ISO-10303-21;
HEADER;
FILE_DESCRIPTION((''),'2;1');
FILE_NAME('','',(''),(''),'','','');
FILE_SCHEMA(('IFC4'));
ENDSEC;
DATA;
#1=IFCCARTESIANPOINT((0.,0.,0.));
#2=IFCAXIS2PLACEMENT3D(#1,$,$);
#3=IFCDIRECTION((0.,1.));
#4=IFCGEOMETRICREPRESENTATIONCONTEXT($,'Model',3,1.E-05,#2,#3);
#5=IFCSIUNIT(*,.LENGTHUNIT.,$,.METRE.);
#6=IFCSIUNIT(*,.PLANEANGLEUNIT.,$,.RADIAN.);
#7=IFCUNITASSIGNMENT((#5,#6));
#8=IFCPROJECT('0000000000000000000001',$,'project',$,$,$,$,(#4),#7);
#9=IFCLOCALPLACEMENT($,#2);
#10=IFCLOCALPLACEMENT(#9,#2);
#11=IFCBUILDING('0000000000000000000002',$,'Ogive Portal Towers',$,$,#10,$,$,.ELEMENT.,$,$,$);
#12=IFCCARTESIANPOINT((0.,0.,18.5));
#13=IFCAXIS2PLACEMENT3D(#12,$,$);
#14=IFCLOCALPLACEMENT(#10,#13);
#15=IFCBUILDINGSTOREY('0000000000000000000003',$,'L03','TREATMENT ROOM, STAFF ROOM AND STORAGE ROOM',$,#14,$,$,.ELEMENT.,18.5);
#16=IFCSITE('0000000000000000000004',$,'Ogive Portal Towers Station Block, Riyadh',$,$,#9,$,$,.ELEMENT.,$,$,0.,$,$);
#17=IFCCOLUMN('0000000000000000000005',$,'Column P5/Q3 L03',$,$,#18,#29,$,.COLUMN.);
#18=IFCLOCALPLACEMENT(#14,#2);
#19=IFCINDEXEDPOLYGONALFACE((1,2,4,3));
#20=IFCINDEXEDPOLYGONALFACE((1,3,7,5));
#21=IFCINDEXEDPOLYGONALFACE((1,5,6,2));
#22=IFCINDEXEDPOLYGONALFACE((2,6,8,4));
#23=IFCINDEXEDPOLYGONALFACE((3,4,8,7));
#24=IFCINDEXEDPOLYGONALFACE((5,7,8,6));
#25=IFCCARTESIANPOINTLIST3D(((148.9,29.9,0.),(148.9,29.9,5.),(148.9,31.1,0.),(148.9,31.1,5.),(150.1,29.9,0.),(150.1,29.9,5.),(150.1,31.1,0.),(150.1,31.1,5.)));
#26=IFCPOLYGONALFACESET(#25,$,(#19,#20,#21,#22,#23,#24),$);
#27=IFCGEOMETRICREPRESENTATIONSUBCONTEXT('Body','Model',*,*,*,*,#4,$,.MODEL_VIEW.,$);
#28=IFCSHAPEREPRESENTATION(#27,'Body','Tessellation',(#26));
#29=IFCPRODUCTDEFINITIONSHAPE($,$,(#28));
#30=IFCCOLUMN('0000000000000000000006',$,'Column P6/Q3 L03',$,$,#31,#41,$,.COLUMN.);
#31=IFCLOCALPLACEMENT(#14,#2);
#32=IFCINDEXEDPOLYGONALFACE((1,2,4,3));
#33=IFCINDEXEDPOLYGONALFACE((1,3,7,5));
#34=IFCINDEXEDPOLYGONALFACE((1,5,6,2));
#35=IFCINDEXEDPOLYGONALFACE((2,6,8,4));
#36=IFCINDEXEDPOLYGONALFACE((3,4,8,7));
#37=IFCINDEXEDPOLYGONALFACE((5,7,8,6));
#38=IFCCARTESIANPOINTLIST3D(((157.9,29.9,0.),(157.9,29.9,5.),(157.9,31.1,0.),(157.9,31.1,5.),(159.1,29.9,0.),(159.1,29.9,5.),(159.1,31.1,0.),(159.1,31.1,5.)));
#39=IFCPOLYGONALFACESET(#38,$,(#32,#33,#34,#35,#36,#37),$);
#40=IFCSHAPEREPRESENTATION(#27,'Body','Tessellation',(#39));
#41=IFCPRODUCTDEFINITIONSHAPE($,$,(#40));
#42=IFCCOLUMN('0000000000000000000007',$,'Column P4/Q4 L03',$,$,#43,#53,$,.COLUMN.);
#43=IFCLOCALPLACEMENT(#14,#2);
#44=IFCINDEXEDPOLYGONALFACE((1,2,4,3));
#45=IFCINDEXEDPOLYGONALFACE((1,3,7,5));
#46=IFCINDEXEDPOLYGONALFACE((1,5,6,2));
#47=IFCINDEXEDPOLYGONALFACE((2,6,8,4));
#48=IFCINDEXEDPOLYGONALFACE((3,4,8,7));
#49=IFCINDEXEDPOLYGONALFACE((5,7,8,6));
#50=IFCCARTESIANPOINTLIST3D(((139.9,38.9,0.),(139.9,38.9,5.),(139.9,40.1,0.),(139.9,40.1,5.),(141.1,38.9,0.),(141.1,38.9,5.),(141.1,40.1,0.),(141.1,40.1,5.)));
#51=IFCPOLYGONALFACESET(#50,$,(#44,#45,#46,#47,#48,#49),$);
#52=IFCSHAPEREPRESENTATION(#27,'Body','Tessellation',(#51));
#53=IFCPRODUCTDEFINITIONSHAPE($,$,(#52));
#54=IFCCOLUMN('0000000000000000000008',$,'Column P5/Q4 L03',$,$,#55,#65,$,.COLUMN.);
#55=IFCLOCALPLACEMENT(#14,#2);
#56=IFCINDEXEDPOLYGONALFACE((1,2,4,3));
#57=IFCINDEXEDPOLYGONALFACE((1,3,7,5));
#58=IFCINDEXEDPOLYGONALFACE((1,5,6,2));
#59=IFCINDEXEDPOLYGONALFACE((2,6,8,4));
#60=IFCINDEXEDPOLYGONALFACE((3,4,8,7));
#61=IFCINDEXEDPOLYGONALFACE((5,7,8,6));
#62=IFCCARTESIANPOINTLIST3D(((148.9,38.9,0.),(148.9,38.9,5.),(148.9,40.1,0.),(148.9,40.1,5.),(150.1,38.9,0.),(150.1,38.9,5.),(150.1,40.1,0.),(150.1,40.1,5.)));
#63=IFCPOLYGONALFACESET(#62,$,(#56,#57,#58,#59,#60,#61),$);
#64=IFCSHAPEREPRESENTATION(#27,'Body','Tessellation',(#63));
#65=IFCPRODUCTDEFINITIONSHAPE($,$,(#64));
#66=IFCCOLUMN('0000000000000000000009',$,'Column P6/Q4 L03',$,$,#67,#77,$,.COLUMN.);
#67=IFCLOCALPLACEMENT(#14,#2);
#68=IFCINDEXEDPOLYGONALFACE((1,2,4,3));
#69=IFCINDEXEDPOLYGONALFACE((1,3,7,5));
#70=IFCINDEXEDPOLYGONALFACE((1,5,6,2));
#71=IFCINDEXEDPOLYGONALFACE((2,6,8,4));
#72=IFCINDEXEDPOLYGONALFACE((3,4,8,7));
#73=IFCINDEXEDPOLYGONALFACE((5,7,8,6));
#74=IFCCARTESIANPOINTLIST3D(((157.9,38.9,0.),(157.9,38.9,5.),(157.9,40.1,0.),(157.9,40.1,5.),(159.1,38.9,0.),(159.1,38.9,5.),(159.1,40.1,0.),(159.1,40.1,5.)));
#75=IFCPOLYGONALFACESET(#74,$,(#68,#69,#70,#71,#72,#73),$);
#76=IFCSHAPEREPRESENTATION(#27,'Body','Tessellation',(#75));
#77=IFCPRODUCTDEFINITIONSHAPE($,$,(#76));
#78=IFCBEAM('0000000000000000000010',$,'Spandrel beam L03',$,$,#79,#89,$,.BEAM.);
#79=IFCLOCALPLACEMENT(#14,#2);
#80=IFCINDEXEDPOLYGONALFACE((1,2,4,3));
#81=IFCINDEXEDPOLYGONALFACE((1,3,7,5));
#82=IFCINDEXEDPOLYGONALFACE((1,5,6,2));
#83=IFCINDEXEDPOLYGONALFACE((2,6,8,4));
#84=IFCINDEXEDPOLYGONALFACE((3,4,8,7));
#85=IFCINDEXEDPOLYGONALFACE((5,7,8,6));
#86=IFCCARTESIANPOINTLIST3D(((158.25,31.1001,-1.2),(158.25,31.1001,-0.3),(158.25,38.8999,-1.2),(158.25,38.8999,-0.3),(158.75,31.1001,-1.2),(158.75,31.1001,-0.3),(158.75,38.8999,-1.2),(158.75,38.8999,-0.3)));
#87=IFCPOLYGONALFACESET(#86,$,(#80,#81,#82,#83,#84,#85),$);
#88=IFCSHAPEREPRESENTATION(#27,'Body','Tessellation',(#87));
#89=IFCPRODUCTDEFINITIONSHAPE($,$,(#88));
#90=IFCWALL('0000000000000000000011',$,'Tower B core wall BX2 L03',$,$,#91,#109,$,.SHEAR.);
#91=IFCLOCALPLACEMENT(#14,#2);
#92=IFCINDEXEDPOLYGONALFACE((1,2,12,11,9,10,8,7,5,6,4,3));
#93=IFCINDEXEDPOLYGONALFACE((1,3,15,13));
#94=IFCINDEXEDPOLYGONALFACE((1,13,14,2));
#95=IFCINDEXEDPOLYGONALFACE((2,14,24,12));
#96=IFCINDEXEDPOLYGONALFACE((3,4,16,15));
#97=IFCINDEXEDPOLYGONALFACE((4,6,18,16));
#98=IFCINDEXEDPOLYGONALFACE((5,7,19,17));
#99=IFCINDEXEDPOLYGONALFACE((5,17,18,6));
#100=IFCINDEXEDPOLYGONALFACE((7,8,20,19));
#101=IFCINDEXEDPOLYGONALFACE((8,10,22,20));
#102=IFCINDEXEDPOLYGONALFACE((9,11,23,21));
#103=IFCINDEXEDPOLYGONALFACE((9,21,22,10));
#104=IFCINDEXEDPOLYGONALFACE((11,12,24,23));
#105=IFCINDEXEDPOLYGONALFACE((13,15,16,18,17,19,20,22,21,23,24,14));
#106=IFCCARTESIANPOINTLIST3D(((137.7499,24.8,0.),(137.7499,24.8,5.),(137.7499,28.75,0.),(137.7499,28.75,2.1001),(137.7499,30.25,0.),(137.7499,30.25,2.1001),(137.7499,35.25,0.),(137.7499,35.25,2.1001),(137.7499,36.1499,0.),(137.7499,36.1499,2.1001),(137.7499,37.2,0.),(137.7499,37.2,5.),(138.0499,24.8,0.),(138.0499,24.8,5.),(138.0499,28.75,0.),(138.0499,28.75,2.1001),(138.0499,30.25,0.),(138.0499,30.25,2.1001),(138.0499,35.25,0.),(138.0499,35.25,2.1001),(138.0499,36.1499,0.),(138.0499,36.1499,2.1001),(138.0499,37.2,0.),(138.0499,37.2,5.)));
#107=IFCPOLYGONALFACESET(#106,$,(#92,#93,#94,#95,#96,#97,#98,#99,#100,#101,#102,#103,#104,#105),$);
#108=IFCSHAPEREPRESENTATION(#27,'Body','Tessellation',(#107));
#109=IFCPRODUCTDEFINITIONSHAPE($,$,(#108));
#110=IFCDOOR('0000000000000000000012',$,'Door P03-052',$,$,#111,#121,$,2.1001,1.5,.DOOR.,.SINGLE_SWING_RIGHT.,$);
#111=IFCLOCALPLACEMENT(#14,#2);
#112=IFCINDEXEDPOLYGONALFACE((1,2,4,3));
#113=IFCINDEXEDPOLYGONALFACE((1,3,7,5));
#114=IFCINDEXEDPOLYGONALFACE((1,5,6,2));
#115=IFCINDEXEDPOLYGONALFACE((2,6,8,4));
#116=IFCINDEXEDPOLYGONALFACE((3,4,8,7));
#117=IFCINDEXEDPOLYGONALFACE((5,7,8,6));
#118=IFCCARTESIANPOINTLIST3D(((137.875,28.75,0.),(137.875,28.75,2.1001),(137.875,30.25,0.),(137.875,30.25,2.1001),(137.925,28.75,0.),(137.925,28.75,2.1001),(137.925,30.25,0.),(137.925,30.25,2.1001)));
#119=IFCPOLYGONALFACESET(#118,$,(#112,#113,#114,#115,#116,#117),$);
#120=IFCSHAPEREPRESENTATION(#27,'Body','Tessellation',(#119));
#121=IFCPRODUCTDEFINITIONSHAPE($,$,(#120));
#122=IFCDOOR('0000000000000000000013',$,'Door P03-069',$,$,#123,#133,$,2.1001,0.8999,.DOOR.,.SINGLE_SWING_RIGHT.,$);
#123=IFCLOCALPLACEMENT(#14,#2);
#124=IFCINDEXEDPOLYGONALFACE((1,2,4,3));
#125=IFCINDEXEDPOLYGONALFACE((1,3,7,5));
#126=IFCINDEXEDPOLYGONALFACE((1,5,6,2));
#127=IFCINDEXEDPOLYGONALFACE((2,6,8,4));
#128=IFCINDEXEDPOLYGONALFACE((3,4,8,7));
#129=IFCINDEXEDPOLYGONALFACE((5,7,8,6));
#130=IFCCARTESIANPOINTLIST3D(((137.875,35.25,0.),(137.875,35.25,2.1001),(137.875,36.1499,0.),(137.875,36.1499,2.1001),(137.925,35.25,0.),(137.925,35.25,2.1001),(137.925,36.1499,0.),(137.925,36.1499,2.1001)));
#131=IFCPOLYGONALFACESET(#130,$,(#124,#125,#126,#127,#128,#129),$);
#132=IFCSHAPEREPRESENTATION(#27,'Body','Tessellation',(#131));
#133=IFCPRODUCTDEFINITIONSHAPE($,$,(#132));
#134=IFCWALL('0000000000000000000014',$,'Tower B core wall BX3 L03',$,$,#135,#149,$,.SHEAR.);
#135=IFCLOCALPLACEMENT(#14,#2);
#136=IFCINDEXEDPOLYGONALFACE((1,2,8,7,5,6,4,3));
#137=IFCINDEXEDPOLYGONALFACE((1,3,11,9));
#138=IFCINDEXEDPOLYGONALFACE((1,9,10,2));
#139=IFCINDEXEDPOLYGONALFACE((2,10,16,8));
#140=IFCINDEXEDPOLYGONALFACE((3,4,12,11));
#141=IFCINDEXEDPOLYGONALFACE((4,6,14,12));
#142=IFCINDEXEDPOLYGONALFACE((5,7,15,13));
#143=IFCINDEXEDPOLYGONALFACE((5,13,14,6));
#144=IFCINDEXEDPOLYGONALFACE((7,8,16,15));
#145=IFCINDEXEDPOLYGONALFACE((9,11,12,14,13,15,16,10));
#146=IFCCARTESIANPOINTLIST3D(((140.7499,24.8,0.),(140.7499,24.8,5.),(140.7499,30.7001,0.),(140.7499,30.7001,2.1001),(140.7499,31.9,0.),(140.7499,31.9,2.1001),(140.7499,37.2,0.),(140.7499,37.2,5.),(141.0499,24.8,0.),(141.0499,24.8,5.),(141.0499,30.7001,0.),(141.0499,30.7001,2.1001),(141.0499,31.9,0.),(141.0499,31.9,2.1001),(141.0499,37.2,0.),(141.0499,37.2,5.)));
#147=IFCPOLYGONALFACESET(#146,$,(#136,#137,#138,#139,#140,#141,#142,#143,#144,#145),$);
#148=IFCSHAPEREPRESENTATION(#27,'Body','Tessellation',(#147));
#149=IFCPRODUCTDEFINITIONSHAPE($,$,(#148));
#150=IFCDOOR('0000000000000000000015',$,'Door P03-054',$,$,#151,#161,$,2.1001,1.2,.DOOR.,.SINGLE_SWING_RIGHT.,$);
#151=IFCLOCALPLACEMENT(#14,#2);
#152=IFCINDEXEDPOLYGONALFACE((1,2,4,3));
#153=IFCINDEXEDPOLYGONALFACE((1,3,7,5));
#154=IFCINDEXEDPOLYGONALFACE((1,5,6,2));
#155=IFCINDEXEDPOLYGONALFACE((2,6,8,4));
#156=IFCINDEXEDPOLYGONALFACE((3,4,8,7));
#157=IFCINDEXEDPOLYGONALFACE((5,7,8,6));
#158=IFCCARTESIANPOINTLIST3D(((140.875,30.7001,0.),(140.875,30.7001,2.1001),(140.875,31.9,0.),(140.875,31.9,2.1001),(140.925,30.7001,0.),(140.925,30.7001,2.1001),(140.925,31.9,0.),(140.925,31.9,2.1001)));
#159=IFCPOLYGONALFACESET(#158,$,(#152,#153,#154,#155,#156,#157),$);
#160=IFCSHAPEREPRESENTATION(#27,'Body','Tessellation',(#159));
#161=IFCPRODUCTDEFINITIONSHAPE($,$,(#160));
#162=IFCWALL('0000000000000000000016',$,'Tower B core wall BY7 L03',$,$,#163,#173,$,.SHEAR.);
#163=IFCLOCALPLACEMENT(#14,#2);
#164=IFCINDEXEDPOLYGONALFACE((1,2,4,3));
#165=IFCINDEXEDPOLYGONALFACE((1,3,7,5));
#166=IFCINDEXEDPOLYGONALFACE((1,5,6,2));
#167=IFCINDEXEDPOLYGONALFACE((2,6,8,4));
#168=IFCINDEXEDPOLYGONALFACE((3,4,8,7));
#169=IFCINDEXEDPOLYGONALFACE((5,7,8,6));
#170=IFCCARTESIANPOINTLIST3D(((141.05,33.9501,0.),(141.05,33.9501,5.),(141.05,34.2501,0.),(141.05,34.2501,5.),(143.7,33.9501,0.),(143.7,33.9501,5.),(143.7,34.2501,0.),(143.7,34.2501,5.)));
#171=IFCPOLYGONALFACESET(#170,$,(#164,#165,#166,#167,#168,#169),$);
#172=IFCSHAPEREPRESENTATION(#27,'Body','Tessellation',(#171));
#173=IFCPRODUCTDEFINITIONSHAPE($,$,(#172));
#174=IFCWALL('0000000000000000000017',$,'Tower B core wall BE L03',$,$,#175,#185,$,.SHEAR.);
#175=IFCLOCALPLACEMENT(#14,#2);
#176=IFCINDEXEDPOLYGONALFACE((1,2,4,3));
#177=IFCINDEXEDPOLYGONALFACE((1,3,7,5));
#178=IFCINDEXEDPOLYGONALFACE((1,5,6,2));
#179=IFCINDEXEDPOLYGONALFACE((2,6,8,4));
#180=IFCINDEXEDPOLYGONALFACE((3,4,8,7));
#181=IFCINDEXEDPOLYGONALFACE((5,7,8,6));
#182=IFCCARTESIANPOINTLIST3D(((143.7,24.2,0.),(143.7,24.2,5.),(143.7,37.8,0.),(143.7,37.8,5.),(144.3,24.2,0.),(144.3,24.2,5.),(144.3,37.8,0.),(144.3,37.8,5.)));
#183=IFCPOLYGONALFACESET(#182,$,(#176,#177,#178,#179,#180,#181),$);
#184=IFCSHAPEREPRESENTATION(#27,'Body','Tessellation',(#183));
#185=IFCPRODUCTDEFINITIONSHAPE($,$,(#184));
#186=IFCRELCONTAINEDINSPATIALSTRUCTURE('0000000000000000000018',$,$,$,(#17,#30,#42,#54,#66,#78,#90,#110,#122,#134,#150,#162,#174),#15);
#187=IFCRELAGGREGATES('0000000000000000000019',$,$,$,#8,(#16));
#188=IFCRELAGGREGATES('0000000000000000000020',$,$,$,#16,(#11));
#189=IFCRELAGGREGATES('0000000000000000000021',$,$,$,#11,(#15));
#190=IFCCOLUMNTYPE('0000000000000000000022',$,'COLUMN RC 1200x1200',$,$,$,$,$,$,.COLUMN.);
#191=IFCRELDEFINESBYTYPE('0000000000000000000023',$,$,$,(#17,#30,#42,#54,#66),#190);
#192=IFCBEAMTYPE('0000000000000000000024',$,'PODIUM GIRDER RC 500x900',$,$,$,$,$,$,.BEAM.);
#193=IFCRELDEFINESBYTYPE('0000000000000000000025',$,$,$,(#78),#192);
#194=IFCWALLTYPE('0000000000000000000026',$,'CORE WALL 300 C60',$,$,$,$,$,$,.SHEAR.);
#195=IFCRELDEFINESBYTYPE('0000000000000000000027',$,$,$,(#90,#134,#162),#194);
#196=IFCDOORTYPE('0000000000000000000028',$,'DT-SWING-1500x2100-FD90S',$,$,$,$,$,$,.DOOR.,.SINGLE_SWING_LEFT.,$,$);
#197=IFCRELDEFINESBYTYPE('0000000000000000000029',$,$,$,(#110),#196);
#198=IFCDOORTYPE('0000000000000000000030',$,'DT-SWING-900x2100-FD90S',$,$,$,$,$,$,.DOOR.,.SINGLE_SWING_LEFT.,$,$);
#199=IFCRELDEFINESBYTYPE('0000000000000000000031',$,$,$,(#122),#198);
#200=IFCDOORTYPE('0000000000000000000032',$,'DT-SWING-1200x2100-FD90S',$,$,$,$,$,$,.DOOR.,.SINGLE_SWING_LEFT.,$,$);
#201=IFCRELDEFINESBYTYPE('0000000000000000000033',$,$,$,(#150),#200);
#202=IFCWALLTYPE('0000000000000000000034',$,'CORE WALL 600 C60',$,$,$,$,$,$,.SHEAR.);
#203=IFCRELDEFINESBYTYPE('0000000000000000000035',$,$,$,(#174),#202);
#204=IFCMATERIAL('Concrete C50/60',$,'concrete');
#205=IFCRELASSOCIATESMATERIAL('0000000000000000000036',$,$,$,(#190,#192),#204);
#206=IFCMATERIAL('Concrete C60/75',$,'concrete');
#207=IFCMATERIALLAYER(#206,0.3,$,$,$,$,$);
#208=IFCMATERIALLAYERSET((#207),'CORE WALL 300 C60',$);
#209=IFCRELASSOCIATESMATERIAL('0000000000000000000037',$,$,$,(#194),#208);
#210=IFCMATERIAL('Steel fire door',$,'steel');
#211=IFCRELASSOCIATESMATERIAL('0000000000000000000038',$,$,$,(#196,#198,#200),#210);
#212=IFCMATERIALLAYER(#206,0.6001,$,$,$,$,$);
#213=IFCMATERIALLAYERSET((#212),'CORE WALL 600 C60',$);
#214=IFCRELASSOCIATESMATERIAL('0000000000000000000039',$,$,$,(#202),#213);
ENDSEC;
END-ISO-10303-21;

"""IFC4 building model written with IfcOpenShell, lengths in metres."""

from ifc_helpers import new_model, si_unit, direction, frame, frame_2d, origin, origin_2d, place, context, subcontext, project, spatial, rectangle, extrude, material, layer, layer_set, material_profile, profile_set, type_object, element, fill, save


model = new_model("IFC4")

# Units and contexts
model_context = context("Model", 3, precision=1e-05, world=origin(), true_north=direction((0.0, 1.0)))
body_context = subcontext(model_context, "Body", "Model", "MODEL_VIEW")
ifc_project = project(units=[si_unit("LENGTHUNIT", "METRE"), si_unit("PLANEANGLEUNIT", "RADIAN")], contexts=[model_context])

# Site, building, storey
site_placement = place(None, origin())
site = spatial("IfcSite", under=ifc_project, at=site_placement, Name="Ogive Portal Towers Station Block, Riyadh", CompositionType="ELEMENT", RefElevation=0.0)
building_placement = place(site_placement, origin())
building = spatial("IfcBuilding", under=site, at=building_placement, Name="Ogive Portal Towers", CompositionType="ELEMENT")
storey_placement = place(building_placement, frame((0.0, 0.0, 18.5)))
storey = spatial("IfcBuildingStorey", under=building, at=storey_placement, Name="L03", Description="TREATMENT ROOM, STAFF ROOM AND STORAGE ROOM", CompositionType="ELEMENT", Elevation=18.5)

# Columns
ifc_material_1 = material(Name="Concrete C50/60", Category="concrete")
ifc_material_profile_1 = material_profile(ifc_material_1, rectangle(XDim=1.2, YDim=1.2, at=origin_2d()), Name="RC 1200x1200")
ifc_profile_set_1 = profile_set([ifc_material_profile_1], Name="Concrete C50/60")
column_type = type_object("IfcColumnType", Name="COLUMN RC 1200x1200", PredefinedType="COLUMN", material=ifc_profile_set_1)
for number, where, z_axis, x_axis, name in (
    (1, (149.5, 30.5, 0.0), (0.0, 0.0, 1.0), (1.0, 0.0, 0.0), "Column P5/Q3 L03"),
    (2, (158.5, 30.5, 0.0), (0.0, 0.0, 1.0), (1.0, 0.0, 0.0), "Column P6/Q3 L03"),
    (3, (140.5, 39.5, 0.0), (0.0, 0.0, 1.0), (1.0, 0.0, 0.0), "Column P4/Q4 L03"),
    (4, (149.5, 39.5, 0.0), (0.0, 0.0, 1.0), (1.0, 0.0, 0.0), "Column P5/Q4 L03"),
    (5, (158.5, 39.5, 0.0), (0.0, 0.0, 1.0), (1.0, 0.0, 0.0), "Column P6/Q4 L03"),
):
    element("IfcColumn", number, at=place(storey_placement, frame(where, z_axis=z_axis, x_axis=x_axis)), inside=storey, type_object=column_type, Name=name, PredefinedType="COLUMN", context=body_context, shape_type="SweptSolid", body=[
        extrude(rectangle(XDim=1.2, YDim=1.2, at=origin_2d()), origin(), (0.0, 0.0, 1.0), 5.0),
    ])

# Beam
ifc_material_profile_2 = material_profile(ifc_material_1, rectangle(XDim=0.5, YDim=0.8999, at=origin_2d()), Name="RC 500x900")
ifc_profile_set_2 = profile_set([ifc_material_profile_2], Name="Concrete C50/60")
beam_type = type_object("IfcBeamType", Name="PODIUM GIRDER RC 500x900", PredefinedType="BEAM", material=ifc_profile_set_2)
beam_placement = place(storey_placement, frame((158.5, 31.1001, -0.75), z_axis=(0.0, 1.0, 0.0), x_axis=(-1.0, 0.0, 0.0)))
element("IfcBeam", 6, at=beam_placement, inside=storey, type_object=beam_type, Name="Spandrel beam L03", PredefinedType="BEAM", context=body_context, shape_type="SweptSolid", body=[
    extrude(rectangle(XDim=0.5, YDim=0.8999, at=origin_2d()), origin(), (0.0, 0.0, 1.0), 7.7998),
])

# Wall, openings, doors
ifc_material_2 = material(Name="Concrete C60/75", Category="concrete")
ifc_layer_1 = layer(ifc_material_2, 0.3)
ifc_layer_set_1 = layer_set([ifc_layer_1], Name="CORE WALL 300 C60")
wall_type_1 = type_object("IfcWallType", Name="CORE WALL 300 C60", PredefinedType="SHEAR", material=ifc_layer_set_1)
wall_1_placement = place(storey_placement, frame((137.8999, 24.8, 0.0), z_axis=(0.0, 0.0, 1.0), x_axis=(0.0, 1.0, 0.0)))
wall_1 = element("IfcWall", 7, at=wall_1_placement, inside=storey, type_object=wall_type_1, Name="Tower B core wall BX2 L03", PredefinedType="SHEAR", context=body_context, shape_type="SweptSolid", body=[
    extrude(rectangle(XDim=12.3999, YDim=0.3, at=frame_2d((6.2, 0.0))), origin(), (0.0, 0.0, 1.0), 5.0),
])
opening_1_placement = place(wall_1_placement, frame((3.95, 0.0, 0.0)))
opening_1 = element("IfcOpeningElement", 8, at=opening_1_placement, cuts=wall_1, PredefinedType="OPENING", context=body_context, shape_type="SweptSolid", body=[
    extrude(rectangle(XDim=1.5, YDim=2.1001, at=frame_2d((0.75, 1.05))), frame((0.0, 0.1602, 0.0), z_axis=(0.0, -1.0, 0.0), x_axis=(1.0, 0.0, 0.0)), (0.0, 0.0, 1.0), 0.3201),
])
opening_2_placement = place(wall_1_placement, frame((10.45, 0.0, 0.0)))
opening_2 = element("IfcOpeningElement", 9, at=opening_2_placement, cuts=wall_1, PredefinedType="OPENING", context=body_context, shape_type="SweptSolid", body=[
    extrude(rectangle(XDim=0.8999, YDim=2.1001, at=frame_2d((0.45, 1.05))), frame((0.0, 0.1602, 0.0), z_axis=(0.0, -1.0, 0.0), x_axis=(1.0, 0.0, 0.0)), (0.0, 0.0, 1.0), 0.3201),
])
ifc_material_3 = material(Name="Steel fire door", Category="steel")
door_type_1 = type_object("IfcDoorType", Name="DT-SWING-1500x2100-FD90S", OperationType="SINGLE_SWING_LEFT", PredefinedType="DOOR", material=ifc_material_3)
door_1_placement = place(opening_1_placement, origin())
door_1 = element("IfcDoor", 10, at=door_1_placement, inside=storey, type_object=door_type_1, Name="Door P03-052", OperationType="SINGLE_SWING_RIGHT", OverallHeight=2.1001, OverallWidth=1.5, PredefinedType="DOOR", context=body_context, shape_type="SweptSolid", body=[
    extrude(rectangle(XDim=1.5, YDim=2.1001, at=frame_2d((0.75, 1.05))), frame((0.0, 0.0249, 0.0), z_axis=(0.0, -1.0, 0.0), x_axis=(1.0, 0.0, 0.0)), (0.0, 0.0, 1.0), 0.05),
])
fill(opening_1, door_1)
door_type_2 = type_object("IfcDoorType", Name="DT-SWING-900x2100-FD90S", OperationType="SINGLE_SWING_LEFT", PredefinedType="DOOR", material=ifc_material_3)
door_2_placement = place(opening_2_placement, origin())
door_2 = element("IfcDoor", 11, at=door_2_placement, inside=storey, type_object=door_type_2, Name="Door P03-069", OperationType="SINGLE_SWING_RIGHT", OverallHeight=2.1001, OverallWidth=0.8999, PredefinedType="DOOR", context=body_context, shape_type="SweptSolid", body=[
    extrude(rectangle(XDim=0.8999, YDim=2.1001, at=frame_2d((0.45, 1.05))), frame((0.0, 0.0249, 0.0), z_axis=(0.0, -1.0, 0.0), x_axis=(1.0, 0.0, 0.0)), (0.0, 0.0, 1.0), 0.05),
])
fill(opening_2, door_2)

# Wall, opening, door
wall_2_placement = place(storey_placement, frame((140.8999, 24.8, 0.0), z_axis=(0.0, 0.0, 1.0), x_axis=(0.0, 1.0, 0.0)))
wall_2 = element("IfcWall", 12, at=wall_2_placement, inside=storey, type_object=wall_type_1, Name="Tower B core wall BX3 L03", PredefinedType="SHEAR", context=body_context, shape_type="SweptSolid", body=[
    extrude(rectangle(XDim=12.3999, YDim=0.3, at=frame_2d((6.2, 0.0))), origin(), (0.0, 0.0, 1.0), 5.0),
])
opening_3_placement = place(wall_2_placement, frame((5.8999, 0.0, 0.0)))
opening_3 = element("IfcOpeningElement", 13, at=opening_3_placement, cuts=wall_2, PredefinedType="OPENING", context=body_context, shape_type="SweptSolid", body=[
    extrude(rectangle(XDim=1.2, YDim=2.1001, at=frame_2d((0.6001, 1.05))), frame((0.0, 0.1602, 0.0), z_axis=(0.0, -1.0, 0.0), x_axis=(1.0, 0.0, 0.0)), (0.0, 0.0, 1.0), 0.3201),
])
door_type_3 = type_object("IfcDoorType", Name="DT-SWING-1200x2100-FD90S", OperationType="SINGLE_SWING_LEFT", PredefinedType="DOOR", material=ifc_material_3)
door_3_placement = place(opening_3_placement, origin())
door_3 = element("IfcDoor", 14, at=door_3_placement, inside=storey, type_object=door_type_3, Name="Door P03-054", OperationType="SINGLE_SWING_RIGHT", OverallHeight=2.1001, OverallWidth=1.2, PredefinedType="DOOR", context=body_context, shape_type="SweptSolid", body=[
    extrude(rectangle(XDim=1.2, YDim=2.1001, at=frame_2d((0.6001, 1.05))), frame((0.0, 0.0249, 0.0), z_axis=(0.0, -1.0, 0.0), x_axis=(1.0, 0.0, 0.0)), (0.0, 0.0, 1.0), 0.05),
])
fill(opening_3, door_3)

# Walls
wall_3_placement = place(storey_placement, frame((141.05, 34.1001, 0.0), z_axis=(0.0, 0.0, 1.0), x_axis=(1.0, 0.0, 0.0)))
element("IfcWall", 15, at=wall_3_placement, inside=storey, type_object=wall_type_1, Name="Tower B core wall BY7 L03", PredefinedType="SHEAR", context=body_context, shape_type="SweptSolid", body=[
    extrude(rectangle(XDim=2.6499, YDim=0.3, at=frame_2d((1.325, 0.0))), origin(), (0.0, 0.0, 1.0), 5.0),
])
ifc_layer_2 = layer(ifc_material_2, 0.6001)
ifc_layer_set_2 = layer_set([ifc_layer_2], Name="CORE WALL 600 C60")
wall_type_2 = type_object("IfcWallType", Name="CORE WALL 600 C60", PredefinedType="SHEAR", material=ifc_layer_set_2)
wall_4_placement = place(storey_placement, frame((144.0, 24.2, 0.0), z_axis=(0.0, 0.0, 1.0), x_axis=(0.0, 1.0, 0.0)))
element("IfcWall", 16, at=wall_4_placement, inside=storey, type_object=wall_type_2, Name="Tower B core wall BE L03", PredefinedType="SHEAR", context=body_context, shape_type="SweptSolid", body=[
    extrude(rectangle(XDim=13.6001, YDim=0.6001, at=frame_2d((6.8, 0.0))), origin(), (0.0, 0.0, 1.0), 5.0),
])

save(model, "model.ifc")
